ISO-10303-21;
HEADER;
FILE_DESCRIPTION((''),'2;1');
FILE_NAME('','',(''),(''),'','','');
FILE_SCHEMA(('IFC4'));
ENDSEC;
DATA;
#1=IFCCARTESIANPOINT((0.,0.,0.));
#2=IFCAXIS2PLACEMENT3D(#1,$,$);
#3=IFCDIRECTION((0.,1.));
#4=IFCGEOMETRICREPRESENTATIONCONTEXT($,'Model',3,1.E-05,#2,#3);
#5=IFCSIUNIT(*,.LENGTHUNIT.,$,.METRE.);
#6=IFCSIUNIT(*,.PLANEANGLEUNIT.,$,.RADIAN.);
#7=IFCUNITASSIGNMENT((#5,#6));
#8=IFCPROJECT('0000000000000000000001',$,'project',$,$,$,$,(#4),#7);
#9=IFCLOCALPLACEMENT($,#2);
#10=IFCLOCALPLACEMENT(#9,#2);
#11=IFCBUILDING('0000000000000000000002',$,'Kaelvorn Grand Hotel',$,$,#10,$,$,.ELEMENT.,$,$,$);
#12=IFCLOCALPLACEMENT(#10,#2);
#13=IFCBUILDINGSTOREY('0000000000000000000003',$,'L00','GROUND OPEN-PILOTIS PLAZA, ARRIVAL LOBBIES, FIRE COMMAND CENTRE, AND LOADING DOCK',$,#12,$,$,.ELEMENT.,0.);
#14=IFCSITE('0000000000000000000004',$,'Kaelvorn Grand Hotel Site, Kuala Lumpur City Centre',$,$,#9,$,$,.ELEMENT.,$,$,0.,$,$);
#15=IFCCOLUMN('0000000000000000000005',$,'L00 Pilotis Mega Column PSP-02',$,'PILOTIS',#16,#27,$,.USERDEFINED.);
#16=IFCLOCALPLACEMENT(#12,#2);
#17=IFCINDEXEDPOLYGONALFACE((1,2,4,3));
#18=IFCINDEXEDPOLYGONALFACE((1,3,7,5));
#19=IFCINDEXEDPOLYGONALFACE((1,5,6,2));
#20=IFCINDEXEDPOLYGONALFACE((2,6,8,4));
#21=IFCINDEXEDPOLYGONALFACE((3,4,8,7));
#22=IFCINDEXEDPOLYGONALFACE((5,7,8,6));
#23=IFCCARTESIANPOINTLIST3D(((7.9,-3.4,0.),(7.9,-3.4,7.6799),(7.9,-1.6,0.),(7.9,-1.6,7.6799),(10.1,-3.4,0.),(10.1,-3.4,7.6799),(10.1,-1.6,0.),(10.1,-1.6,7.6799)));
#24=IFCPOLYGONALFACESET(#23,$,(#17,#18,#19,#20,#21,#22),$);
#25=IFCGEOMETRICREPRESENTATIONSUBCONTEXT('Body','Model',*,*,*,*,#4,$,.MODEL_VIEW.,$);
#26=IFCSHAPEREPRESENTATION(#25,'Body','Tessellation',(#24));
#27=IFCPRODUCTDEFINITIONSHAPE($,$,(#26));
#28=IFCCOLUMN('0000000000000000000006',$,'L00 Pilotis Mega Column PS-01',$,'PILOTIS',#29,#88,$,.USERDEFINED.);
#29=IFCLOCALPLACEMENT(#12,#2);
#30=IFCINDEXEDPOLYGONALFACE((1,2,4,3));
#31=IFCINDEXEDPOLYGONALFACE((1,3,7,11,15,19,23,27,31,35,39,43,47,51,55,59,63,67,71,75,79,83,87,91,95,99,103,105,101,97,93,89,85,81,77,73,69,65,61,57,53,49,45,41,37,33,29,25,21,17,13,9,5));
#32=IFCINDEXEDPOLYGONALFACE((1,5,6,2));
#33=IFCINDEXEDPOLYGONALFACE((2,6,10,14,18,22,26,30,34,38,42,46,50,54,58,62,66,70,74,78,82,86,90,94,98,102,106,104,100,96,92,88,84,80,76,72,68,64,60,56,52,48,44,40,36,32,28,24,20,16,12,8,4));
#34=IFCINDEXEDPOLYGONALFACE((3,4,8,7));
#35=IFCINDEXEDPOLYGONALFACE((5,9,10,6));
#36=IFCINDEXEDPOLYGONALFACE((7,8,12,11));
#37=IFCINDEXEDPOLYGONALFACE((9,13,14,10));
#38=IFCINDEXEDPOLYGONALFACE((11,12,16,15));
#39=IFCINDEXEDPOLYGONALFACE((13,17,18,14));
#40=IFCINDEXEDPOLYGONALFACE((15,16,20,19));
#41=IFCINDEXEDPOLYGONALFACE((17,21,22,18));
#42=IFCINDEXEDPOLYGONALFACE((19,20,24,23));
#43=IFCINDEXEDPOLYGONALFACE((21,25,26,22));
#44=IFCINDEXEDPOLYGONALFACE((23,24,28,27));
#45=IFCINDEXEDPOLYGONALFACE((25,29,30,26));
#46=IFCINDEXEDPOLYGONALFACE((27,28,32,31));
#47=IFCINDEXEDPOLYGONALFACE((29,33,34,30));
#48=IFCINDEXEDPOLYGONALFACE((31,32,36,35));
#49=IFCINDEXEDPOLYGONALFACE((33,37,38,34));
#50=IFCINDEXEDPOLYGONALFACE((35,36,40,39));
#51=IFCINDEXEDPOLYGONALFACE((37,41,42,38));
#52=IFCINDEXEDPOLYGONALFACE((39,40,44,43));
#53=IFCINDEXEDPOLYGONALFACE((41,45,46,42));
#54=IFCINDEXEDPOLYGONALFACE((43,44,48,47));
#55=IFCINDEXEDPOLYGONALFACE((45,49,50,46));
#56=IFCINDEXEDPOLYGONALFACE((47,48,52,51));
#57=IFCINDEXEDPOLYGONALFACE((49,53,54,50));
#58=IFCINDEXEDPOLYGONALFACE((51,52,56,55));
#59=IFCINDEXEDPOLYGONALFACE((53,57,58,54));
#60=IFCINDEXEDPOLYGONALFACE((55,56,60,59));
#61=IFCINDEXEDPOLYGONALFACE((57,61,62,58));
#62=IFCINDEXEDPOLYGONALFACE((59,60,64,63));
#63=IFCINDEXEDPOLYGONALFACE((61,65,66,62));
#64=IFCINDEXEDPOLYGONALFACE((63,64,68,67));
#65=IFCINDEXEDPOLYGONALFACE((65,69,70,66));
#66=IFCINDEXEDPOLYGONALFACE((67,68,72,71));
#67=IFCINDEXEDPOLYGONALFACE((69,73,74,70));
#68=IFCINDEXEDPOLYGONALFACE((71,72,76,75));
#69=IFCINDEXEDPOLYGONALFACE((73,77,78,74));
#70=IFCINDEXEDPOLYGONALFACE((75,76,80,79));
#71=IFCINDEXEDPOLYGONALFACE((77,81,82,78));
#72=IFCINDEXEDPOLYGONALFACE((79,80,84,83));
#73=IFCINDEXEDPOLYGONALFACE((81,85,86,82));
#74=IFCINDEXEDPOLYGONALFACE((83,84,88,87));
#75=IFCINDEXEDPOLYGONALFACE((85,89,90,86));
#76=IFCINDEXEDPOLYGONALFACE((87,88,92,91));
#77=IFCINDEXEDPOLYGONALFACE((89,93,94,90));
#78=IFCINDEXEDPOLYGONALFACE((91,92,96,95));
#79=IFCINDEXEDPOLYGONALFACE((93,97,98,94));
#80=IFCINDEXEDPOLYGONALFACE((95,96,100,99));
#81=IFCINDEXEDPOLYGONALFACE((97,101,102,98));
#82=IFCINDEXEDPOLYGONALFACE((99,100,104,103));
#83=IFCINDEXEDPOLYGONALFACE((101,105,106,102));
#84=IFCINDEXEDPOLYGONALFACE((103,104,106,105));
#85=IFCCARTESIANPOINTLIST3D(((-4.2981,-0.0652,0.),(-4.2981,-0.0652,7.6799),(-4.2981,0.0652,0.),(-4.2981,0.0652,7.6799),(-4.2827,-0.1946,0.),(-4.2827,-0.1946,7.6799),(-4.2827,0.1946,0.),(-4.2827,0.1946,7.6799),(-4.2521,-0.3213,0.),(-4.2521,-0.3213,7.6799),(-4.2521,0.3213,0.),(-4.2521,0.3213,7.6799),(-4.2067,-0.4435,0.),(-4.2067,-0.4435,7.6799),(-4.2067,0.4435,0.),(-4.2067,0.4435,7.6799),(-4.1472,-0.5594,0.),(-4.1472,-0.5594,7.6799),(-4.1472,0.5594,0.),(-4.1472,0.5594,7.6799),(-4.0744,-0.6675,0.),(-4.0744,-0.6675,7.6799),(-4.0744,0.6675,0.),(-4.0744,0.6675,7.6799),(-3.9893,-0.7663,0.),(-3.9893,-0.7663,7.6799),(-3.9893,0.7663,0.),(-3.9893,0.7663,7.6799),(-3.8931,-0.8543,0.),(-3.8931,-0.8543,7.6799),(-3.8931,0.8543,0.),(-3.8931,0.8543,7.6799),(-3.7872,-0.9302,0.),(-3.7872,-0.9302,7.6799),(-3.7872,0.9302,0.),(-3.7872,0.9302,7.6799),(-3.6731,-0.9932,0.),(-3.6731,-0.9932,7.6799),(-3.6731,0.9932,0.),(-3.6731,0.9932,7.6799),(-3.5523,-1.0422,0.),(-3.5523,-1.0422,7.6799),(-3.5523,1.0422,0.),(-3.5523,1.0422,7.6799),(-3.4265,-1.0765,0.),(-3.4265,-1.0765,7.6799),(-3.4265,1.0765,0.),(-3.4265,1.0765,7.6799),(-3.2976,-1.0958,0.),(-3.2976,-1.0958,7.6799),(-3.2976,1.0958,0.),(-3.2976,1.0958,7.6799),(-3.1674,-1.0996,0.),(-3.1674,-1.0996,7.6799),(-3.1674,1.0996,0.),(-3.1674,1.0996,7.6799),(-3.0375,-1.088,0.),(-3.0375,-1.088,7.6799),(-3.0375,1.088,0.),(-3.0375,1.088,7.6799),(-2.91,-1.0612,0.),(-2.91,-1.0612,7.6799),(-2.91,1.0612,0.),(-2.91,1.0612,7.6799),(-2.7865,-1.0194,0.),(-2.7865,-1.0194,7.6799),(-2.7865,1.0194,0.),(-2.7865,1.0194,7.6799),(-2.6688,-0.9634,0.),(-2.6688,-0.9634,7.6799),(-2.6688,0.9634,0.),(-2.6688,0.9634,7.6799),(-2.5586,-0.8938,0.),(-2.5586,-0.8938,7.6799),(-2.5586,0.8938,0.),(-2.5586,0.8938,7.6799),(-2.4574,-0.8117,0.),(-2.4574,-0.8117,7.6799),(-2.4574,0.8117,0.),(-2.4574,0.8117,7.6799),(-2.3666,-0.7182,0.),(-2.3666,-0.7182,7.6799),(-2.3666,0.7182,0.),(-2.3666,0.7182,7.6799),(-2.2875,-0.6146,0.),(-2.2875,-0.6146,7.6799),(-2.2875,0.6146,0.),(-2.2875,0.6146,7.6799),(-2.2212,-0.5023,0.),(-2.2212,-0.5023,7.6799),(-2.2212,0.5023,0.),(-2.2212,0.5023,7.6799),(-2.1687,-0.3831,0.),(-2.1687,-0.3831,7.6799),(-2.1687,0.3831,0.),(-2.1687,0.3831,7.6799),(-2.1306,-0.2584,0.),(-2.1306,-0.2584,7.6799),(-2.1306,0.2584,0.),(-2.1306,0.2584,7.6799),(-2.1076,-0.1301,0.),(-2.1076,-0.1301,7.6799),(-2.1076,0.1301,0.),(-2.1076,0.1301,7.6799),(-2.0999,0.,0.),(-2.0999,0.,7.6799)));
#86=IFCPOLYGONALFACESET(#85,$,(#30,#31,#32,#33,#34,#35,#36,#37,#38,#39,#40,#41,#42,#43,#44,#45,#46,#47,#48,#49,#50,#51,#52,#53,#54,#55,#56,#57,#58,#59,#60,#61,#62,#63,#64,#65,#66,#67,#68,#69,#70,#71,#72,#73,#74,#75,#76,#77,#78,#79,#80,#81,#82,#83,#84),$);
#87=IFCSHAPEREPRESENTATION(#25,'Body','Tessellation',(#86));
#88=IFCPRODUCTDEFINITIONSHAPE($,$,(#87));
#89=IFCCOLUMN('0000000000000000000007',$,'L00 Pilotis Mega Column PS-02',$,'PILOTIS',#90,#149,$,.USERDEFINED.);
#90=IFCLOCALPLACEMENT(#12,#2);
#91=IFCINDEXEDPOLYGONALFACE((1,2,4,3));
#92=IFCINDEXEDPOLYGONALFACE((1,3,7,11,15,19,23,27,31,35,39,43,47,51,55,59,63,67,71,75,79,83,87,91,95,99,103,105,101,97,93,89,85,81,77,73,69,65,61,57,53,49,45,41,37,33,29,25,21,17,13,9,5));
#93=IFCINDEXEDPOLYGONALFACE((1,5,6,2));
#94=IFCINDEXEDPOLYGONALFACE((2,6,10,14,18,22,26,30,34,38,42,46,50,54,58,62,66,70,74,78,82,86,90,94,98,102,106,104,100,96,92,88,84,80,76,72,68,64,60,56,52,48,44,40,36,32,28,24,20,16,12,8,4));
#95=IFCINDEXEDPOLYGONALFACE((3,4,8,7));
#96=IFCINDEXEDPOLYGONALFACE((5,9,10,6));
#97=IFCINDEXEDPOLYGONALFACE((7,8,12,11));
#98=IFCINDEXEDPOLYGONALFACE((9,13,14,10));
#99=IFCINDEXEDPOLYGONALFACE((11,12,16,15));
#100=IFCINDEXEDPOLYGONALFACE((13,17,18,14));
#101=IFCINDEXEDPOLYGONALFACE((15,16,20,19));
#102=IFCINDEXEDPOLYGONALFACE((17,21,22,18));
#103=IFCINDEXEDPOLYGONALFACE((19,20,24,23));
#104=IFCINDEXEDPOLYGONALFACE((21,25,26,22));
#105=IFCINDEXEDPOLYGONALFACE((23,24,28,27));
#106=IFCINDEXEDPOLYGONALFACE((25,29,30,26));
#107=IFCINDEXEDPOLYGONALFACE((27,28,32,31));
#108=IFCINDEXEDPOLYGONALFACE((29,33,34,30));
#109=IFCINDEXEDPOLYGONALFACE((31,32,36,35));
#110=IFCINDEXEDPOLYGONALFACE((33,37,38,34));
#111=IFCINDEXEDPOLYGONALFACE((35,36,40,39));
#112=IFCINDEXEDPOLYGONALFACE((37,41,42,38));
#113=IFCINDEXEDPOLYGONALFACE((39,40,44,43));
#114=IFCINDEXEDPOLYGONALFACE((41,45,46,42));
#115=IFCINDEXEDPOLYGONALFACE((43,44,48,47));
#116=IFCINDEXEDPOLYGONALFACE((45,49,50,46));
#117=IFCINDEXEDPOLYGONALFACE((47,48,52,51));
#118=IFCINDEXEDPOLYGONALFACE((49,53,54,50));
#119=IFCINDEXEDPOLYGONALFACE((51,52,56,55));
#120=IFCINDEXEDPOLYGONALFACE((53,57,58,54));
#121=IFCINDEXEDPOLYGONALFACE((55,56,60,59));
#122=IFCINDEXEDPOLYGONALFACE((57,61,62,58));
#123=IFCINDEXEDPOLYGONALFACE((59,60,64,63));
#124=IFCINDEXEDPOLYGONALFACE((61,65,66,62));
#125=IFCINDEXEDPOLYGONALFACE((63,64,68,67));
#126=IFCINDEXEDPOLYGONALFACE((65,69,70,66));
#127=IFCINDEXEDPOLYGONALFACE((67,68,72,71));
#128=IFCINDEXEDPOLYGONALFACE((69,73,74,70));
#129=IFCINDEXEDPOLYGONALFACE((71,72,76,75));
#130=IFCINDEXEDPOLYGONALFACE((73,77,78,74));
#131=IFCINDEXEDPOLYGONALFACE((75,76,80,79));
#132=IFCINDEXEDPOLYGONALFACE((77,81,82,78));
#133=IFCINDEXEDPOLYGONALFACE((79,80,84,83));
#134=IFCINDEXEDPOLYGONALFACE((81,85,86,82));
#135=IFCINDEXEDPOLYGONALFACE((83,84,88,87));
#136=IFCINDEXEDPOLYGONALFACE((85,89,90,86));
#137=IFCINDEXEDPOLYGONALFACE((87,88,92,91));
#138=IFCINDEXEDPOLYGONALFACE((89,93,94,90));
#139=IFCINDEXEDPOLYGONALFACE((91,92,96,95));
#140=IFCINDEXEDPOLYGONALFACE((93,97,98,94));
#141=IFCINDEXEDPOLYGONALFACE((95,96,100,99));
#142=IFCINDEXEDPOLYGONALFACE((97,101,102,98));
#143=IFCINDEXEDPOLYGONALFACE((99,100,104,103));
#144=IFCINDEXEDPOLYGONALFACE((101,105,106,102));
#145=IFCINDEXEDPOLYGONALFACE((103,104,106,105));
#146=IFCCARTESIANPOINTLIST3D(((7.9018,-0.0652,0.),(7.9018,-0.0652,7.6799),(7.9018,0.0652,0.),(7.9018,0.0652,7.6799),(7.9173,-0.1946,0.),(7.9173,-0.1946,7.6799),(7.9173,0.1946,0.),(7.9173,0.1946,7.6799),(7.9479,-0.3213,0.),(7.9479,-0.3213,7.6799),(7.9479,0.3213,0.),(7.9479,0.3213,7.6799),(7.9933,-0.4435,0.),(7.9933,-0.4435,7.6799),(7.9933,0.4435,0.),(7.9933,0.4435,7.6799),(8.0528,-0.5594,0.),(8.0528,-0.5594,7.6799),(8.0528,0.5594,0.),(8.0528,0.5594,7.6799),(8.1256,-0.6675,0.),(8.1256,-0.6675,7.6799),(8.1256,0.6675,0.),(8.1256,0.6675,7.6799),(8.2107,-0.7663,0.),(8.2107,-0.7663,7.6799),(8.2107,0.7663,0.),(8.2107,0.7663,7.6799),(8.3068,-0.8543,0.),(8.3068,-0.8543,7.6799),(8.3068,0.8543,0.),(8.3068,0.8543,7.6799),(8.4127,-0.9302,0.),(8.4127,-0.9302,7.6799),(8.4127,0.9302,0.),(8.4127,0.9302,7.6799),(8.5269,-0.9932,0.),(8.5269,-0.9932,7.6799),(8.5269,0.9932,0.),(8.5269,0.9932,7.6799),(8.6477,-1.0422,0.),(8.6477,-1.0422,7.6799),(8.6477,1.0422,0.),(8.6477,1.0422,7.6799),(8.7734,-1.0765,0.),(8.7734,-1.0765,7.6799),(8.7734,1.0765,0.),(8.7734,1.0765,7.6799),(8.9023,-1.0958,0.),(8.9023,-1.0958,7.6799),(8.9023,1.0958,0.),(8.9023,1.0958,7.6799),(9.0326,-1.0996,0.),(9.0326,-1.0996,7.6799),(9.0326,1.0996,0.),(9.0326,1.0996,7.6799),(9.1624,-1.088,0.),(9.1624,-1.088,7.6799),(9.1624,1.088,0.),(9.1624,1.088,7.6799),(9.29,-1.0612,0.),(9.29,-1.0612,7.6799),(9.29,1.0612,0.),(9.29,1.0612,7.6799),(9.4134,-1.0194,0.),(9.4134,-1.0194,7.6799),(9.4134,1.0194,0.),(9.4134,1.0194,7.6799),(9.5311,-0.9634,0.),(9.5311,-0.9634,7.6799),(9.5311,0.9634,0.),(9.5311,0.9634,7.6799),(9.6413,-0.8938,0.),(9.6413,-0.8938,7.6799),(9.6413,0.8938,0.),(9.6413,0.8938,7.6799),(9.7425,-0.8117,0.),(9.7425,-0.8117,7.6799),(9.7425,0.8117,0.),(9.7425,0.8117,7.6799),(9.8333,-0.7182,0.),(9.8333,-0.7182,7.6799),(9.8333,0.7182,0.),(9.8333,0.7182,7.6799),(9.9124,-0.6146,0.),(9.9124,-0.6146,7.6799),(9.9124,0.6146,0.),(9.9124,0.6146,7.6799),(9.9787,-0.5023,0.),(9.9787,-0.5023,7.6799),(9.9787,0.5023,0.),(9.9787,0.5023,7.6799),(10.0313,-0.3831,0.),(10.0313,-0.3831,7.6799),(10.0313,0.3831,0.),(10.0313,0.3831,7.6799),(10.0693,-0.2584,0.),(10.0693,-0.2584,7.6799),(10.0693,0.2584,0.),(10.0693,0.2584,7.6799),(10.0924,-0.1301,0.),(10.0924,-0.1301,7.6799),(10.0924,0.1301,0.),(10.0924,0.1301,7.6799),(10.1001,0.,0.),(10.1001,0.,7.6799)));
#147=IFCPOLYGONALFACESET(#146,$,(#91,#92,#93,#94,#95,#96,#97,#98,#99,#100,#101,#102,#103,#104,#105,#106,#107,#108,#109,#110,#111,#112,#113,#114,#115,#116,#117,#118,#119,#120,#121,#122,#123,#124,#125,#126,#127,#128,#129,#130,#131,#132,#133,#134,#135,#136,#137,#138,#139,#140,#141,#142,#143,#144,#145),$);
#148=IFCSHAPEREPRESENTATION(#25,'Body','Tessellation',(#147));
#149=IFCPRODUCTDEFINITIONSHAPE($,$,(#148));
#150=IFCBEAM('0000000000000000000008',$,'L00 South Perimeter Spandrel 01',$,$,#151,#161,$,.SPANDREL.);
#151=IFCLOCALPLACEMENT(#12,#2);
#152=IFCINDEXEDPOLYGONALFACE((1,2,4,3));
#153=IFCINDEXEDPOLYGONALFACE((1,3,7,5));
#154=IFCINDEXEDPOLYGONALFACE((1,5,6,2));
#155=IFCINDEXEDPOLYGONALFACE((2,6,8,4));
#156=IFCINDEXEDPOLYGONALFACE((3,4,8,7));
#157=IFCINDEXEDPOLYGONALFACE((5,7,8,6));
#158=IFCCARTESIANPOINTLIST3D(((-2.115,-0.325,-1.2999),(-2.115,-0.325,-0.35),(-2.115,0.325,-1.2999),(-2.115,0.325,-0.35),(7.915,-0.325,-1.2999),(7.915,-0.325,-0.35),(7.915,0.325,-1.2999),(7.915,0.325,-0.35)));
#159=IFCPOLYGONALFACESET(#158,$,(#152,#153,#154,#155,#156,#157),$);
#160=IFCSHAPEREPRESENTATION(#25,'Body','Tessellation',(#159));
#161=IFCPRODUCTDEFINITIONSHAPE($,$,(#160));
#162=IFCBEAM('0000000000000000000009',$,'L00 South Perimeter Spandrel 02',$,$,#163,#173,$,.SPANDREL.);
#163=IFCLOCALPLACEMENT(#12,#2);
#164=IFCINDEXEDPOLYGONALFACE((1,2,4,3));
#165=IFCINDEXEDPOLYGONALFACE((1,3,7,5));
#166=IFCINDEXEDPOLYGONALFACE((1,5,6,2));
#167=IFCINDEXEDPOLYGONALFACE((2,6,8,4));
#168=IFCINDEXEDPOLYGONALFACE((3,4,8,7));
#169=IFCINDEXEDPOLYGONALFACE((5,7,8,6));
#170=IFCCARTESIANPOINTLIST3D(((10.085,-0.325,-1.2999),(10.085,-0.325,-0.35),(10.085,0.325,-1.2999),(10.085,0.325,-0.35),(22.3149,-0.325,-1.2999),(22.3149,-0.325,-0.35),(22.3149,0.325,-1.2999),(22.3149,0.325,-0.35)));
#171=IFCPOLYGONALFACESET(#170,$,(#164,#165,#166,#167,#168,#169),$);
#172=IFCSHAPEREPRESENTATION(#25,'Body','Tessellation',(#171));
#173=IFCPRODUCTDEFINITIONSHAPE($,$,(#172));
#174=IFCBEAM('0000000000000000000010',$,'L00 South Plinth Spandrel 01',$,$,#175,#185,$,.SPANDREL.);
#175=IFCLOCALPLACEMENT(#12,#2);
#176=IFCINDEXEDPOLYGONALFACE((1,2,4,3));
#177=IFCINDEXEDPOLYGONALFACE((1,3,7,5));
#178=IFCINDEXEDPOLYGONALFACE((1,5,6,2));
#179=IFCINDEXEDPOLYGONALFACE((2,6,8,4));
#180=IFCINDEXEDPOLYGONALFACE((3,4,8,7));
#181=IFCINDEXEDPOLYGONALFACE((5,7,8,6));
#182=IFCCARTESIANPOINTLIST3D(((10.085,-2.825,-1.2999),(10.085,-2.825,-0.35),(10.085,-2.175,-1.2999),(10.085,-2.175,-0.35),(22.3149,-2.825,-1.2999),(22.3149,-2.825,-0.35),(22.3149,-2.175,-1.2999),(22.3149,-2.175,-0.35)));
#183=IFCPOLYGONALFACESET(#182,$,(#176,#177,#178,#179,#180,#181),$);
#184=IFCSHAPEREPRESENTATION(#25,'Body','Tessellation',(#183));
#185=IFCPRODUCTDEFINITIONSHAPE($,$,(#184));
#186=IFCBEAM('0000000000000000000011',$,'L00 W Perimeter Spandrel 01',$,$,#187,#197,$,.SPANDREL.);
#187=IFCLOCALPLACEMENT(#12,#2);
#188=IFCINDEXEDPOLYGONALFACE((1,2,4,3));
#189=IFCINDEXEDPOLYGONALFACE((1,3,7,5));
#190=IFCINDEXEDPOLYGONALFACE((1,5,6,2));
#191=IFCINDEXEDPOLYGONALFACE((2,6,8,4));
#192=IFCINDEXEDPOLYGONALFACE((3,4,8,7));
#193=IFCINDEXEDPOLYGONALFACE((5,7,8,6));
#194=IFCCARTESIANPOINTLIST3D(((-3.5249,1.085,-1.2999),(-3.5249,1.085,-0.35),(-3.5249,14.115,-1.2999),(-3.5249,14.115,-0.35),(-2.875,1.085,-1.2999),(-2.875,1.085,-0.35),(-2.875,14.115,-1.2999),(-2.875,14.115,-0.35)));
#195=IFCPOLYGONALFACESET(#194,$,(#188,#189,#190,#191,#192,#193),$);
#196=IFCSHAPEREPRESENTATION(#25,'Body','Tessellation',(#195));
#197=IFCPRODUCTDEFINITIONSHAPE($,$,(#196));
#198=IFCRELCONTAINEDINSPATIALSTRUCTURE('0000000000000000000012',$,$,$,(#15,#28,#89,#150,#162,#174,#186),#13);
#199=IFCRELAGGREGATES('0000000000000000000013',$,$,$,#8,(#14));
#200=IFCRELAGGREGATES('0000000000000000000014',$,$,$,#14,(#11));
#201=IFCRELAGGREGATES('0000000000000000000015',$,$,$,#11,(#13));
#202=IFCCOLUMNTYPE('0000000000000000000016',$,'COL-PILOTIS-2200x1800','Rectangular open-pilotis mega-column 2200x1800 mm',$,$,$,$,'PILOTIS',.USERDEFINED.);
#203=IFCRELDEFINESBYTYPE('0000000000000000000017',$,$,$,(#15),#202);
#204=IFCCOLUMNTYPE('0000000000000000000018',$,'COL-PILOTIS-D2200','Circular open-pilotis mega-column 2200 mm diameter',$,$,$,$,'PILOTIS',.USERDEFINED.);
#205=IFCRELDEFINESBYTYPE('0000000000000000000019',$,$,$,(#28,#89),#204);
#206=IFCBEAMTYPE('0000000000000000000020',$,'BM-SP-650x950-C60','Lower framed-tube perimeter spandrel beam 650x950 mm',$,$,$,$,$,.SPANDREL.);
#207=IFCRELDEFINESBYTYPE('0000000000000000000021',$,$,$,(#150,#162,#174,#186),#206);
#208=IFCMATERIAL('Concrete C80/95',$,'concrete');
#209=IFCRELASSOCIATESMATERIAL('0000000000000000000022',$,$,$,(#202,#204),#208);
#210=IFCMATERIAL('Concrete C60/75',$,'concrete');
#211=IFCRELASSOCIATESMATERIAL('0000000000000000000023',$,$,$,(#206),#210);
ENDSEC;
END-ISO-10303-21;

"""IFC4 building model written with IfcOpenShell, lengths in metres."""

from ifc_helpers import new_model, si_unit, direction, frame, origin, origin_2d, place, context, subcontext, project, spatial, rectangle, circle, extrude, material, material_profile, profile_set, type_object, element, save


model = new_model("IFC4")

# Units and contexts
model_context = context("Model", 3, precision=1e-05, world=origin(), true_north=direction((0.0, 1.0)))
body_context = subcontext(model_context, "Body", "Model", "MODEL_VIEW")
ifc_project = project(units=[si_unit("LENGTHUNIT", "METRE"), si_unit("PLANEANGLEUNIT", "RADIAN")], contexts=[model_context])

# Site, building, storey
site_placement = place(None, origin())
site = spatial("IfcSite", under=ifc_project, at=site_placement, Name="Kaelvorn Grand Hotel Site, Kuala Lumpur City Centre", CompositionType="ELEMENT", RefElevation=0.0)
building_placement = place(site_placement, origin())
building = spatial("IfcBuilding", under=site, at=building_placement, Name="Kaelvorn Grand Hotel", CompositionType="ELEMENT")
storey_placement = place(building_placement, origin())
storey = spatial("IfcBuildingStorey", under=building, at=storey_placement, Name="L00", Description="GROUND OPEN-PILOTIS PLAZA, ARRIVAL LOBBIES, FIRE COMMAND CENTRE, AND LOADING DOCK", CompositionType="ELEMENT", Elevation=0.0)

# Columns
ifc_material_1 = material(Name="Concrete C80/95", Category="concrete")
ifc_material_profile_1 = material_profile(ifc_material_1, rectangle(XDim=2.2, YDim=1.8, at=origin_2d()), Name="PILOTIS 2200x1800")
ifc_profile_set_1 = profile_set([ifc_material_profile_1], Name="Concrete C80/95")
column_type_1 = type_object("IfcColumnType", Name="COL-PILOTIS-2200x1800", Description="Rectangular open-pilotis mega-column 2200x1800 mm", ElementType="PILOTIS", PredefinedType="USERDEFINED", material=ifc_profile_set_1)
column_placement = place(storey_placement, frame((9.0, -2.5, 0.0), z_axis=(0.0, 0.0, 1.0), x_axis=(1.0, 0.0, 0.0)))
element("IfcColumn", 1, at=column_placement, inside=storey, type_object=column_type_1, Name="L00 Pilotis Mega Column PSP-02", ObjectType="PILOTIS", PredefinedType="USERDEFINED", context=body_context, shape_type="SweptSolid", body=[
    extrude(rectangle(XDim=2.2, YDim=1.8, at=origin_2d()), origin(), (0.0, 0.0, 1.0), 7.6799),
])
ifc_material_profile_2 = material_profile(ifc_material_1, circle(Radius=1.1001, at=origin_2d()), Name="PILOTIS D2200")
ifc_profile_set_2 = profile_set([ifc_material_profile_2], Name="Concrete C80/95")
column_type_2 = type_object("IfcColumnType", Name="COL-PILOTIS-D2200", Description="Circular open-pilotis mega-column 2200 mm diameter", ElementType="PILOTIS", PredefinedType="USERDEFINED", material=ifc_profile_set_2)
for number, where, z_axis, x_axis, name in (
    (2, (-3.2, 0.0, 0.0), (0.0, 0.0, 1.0), (1.0, 0.0, 0.0), "L00 Pilotis Mega Column PS-01"),
    (3, (9.0, 0.0, 0.0), (0.0, 0.0, 1.0), (1.0, 0.0, 0.0), "L00 Pilotis Mega Column PS-02"),
):
    element("IfcColumn", number, at=place(storey_placement, frame(where, z_axis=z_axis, x_axis=x_axis)), inside=storey, type_object=column_type_2, Name=name, ObjectType="PILOTIS", PredefinedType="USERDEFINED", context=body_context, shape_type="SweptSolid", body=[
        extrude(circle(Radius=1.1001, at=origin_2d()), origin(), (0.0, 0.0, 1.0), 7.6799),
    ])

# Beams
ifc_material_2 = material(Name="Concrete C60/75", Category="concrete")
ifc_material_profile_3 = material_profile(ifc_material_2, rectangle(XDim=0.6499, YDim=0.95, at=origin_2d()), Name="RC SPANDREL 650x950")
ifc_profile_set_3 = profile_set([ifc_material_profile_3], Name="Concrete C60/75")
beam_type = type_object("IfcBeamType", Name="BM-SP-650x950-C60", Description="Lower framed-tube perimeter spandrel beam 650x950 mm", PredefinedType="SPANDREL", material=ifc_profile_set_3)
beam_1_placement = place(storey_placement, frame((-2.115, 0.0, -0.825), z_axis=(1.0, 0.0, 0.0), x_axis=(0.0, 1.0, 0.0)))
element("IfcBeam", 4, at=beam_1_placement, inside=storey, type_object=beam_type, Name="L00 South Perimeter Spandrel 01", PredefinedType="SPANDREL", context=body_context, shape_type="SweptSolid", body=[
    extrude(rectangle(XDim=0.6499, YDim=0.95, at=origin_2d()), origin(), (0.0, 0.0, 1.0), 10.03),
])
for number, where, z_axis, x_axis, name in (
    (5, (10.085, 0.0, -0.825), (1.0, 0.0, 0.0), (0.0, 1.0, 0.0), "L00 South Perimeter Spandrel 02"),
    (6, (10.085, -2.5, -0.825), (1.0, 0.0, 0.0), (0.0, 1.0, 0.0), "L00 South Plinth Spandrel 01"),
):
    element("IfcBeam", number, at=place(storey_placement, frame(where, z_axis=z_axis, x_axis=x_axis)), inside=storey, type_object=beam_type, Name=name, PredefinedType="SPANDREL", context=body_context, shape_type="SweptSolid", body=[
        extrude(rectangle(XDim=0.6499, YDim=0.95, at=origin_2d()), origin(), (0.0, 0.0, 1.0), 12.23),
    ])
beam_2_placement = place(storey_placement, frame((-3.2, 1.085, -0.825), z_axis=(0.0, 1.0, 0.0), x_axis=(-1.0, 0.0, 0.0)))
element("IfcBeam", 7, at=beam_2_placement, inside=storey, type_object=beam_type, Name="L00 W Perimeter Spandrel 01", PredefinedType="SPANDREL", context=body_context, shape_type="SweptSolid", body=[
    extrude(rectangle(XDim=0.6499, YDim=0.95, at=origin_2d()), origin(), (0.0, 0.0, 1.0), 13.03),
])

save(model, "model.ifc")
